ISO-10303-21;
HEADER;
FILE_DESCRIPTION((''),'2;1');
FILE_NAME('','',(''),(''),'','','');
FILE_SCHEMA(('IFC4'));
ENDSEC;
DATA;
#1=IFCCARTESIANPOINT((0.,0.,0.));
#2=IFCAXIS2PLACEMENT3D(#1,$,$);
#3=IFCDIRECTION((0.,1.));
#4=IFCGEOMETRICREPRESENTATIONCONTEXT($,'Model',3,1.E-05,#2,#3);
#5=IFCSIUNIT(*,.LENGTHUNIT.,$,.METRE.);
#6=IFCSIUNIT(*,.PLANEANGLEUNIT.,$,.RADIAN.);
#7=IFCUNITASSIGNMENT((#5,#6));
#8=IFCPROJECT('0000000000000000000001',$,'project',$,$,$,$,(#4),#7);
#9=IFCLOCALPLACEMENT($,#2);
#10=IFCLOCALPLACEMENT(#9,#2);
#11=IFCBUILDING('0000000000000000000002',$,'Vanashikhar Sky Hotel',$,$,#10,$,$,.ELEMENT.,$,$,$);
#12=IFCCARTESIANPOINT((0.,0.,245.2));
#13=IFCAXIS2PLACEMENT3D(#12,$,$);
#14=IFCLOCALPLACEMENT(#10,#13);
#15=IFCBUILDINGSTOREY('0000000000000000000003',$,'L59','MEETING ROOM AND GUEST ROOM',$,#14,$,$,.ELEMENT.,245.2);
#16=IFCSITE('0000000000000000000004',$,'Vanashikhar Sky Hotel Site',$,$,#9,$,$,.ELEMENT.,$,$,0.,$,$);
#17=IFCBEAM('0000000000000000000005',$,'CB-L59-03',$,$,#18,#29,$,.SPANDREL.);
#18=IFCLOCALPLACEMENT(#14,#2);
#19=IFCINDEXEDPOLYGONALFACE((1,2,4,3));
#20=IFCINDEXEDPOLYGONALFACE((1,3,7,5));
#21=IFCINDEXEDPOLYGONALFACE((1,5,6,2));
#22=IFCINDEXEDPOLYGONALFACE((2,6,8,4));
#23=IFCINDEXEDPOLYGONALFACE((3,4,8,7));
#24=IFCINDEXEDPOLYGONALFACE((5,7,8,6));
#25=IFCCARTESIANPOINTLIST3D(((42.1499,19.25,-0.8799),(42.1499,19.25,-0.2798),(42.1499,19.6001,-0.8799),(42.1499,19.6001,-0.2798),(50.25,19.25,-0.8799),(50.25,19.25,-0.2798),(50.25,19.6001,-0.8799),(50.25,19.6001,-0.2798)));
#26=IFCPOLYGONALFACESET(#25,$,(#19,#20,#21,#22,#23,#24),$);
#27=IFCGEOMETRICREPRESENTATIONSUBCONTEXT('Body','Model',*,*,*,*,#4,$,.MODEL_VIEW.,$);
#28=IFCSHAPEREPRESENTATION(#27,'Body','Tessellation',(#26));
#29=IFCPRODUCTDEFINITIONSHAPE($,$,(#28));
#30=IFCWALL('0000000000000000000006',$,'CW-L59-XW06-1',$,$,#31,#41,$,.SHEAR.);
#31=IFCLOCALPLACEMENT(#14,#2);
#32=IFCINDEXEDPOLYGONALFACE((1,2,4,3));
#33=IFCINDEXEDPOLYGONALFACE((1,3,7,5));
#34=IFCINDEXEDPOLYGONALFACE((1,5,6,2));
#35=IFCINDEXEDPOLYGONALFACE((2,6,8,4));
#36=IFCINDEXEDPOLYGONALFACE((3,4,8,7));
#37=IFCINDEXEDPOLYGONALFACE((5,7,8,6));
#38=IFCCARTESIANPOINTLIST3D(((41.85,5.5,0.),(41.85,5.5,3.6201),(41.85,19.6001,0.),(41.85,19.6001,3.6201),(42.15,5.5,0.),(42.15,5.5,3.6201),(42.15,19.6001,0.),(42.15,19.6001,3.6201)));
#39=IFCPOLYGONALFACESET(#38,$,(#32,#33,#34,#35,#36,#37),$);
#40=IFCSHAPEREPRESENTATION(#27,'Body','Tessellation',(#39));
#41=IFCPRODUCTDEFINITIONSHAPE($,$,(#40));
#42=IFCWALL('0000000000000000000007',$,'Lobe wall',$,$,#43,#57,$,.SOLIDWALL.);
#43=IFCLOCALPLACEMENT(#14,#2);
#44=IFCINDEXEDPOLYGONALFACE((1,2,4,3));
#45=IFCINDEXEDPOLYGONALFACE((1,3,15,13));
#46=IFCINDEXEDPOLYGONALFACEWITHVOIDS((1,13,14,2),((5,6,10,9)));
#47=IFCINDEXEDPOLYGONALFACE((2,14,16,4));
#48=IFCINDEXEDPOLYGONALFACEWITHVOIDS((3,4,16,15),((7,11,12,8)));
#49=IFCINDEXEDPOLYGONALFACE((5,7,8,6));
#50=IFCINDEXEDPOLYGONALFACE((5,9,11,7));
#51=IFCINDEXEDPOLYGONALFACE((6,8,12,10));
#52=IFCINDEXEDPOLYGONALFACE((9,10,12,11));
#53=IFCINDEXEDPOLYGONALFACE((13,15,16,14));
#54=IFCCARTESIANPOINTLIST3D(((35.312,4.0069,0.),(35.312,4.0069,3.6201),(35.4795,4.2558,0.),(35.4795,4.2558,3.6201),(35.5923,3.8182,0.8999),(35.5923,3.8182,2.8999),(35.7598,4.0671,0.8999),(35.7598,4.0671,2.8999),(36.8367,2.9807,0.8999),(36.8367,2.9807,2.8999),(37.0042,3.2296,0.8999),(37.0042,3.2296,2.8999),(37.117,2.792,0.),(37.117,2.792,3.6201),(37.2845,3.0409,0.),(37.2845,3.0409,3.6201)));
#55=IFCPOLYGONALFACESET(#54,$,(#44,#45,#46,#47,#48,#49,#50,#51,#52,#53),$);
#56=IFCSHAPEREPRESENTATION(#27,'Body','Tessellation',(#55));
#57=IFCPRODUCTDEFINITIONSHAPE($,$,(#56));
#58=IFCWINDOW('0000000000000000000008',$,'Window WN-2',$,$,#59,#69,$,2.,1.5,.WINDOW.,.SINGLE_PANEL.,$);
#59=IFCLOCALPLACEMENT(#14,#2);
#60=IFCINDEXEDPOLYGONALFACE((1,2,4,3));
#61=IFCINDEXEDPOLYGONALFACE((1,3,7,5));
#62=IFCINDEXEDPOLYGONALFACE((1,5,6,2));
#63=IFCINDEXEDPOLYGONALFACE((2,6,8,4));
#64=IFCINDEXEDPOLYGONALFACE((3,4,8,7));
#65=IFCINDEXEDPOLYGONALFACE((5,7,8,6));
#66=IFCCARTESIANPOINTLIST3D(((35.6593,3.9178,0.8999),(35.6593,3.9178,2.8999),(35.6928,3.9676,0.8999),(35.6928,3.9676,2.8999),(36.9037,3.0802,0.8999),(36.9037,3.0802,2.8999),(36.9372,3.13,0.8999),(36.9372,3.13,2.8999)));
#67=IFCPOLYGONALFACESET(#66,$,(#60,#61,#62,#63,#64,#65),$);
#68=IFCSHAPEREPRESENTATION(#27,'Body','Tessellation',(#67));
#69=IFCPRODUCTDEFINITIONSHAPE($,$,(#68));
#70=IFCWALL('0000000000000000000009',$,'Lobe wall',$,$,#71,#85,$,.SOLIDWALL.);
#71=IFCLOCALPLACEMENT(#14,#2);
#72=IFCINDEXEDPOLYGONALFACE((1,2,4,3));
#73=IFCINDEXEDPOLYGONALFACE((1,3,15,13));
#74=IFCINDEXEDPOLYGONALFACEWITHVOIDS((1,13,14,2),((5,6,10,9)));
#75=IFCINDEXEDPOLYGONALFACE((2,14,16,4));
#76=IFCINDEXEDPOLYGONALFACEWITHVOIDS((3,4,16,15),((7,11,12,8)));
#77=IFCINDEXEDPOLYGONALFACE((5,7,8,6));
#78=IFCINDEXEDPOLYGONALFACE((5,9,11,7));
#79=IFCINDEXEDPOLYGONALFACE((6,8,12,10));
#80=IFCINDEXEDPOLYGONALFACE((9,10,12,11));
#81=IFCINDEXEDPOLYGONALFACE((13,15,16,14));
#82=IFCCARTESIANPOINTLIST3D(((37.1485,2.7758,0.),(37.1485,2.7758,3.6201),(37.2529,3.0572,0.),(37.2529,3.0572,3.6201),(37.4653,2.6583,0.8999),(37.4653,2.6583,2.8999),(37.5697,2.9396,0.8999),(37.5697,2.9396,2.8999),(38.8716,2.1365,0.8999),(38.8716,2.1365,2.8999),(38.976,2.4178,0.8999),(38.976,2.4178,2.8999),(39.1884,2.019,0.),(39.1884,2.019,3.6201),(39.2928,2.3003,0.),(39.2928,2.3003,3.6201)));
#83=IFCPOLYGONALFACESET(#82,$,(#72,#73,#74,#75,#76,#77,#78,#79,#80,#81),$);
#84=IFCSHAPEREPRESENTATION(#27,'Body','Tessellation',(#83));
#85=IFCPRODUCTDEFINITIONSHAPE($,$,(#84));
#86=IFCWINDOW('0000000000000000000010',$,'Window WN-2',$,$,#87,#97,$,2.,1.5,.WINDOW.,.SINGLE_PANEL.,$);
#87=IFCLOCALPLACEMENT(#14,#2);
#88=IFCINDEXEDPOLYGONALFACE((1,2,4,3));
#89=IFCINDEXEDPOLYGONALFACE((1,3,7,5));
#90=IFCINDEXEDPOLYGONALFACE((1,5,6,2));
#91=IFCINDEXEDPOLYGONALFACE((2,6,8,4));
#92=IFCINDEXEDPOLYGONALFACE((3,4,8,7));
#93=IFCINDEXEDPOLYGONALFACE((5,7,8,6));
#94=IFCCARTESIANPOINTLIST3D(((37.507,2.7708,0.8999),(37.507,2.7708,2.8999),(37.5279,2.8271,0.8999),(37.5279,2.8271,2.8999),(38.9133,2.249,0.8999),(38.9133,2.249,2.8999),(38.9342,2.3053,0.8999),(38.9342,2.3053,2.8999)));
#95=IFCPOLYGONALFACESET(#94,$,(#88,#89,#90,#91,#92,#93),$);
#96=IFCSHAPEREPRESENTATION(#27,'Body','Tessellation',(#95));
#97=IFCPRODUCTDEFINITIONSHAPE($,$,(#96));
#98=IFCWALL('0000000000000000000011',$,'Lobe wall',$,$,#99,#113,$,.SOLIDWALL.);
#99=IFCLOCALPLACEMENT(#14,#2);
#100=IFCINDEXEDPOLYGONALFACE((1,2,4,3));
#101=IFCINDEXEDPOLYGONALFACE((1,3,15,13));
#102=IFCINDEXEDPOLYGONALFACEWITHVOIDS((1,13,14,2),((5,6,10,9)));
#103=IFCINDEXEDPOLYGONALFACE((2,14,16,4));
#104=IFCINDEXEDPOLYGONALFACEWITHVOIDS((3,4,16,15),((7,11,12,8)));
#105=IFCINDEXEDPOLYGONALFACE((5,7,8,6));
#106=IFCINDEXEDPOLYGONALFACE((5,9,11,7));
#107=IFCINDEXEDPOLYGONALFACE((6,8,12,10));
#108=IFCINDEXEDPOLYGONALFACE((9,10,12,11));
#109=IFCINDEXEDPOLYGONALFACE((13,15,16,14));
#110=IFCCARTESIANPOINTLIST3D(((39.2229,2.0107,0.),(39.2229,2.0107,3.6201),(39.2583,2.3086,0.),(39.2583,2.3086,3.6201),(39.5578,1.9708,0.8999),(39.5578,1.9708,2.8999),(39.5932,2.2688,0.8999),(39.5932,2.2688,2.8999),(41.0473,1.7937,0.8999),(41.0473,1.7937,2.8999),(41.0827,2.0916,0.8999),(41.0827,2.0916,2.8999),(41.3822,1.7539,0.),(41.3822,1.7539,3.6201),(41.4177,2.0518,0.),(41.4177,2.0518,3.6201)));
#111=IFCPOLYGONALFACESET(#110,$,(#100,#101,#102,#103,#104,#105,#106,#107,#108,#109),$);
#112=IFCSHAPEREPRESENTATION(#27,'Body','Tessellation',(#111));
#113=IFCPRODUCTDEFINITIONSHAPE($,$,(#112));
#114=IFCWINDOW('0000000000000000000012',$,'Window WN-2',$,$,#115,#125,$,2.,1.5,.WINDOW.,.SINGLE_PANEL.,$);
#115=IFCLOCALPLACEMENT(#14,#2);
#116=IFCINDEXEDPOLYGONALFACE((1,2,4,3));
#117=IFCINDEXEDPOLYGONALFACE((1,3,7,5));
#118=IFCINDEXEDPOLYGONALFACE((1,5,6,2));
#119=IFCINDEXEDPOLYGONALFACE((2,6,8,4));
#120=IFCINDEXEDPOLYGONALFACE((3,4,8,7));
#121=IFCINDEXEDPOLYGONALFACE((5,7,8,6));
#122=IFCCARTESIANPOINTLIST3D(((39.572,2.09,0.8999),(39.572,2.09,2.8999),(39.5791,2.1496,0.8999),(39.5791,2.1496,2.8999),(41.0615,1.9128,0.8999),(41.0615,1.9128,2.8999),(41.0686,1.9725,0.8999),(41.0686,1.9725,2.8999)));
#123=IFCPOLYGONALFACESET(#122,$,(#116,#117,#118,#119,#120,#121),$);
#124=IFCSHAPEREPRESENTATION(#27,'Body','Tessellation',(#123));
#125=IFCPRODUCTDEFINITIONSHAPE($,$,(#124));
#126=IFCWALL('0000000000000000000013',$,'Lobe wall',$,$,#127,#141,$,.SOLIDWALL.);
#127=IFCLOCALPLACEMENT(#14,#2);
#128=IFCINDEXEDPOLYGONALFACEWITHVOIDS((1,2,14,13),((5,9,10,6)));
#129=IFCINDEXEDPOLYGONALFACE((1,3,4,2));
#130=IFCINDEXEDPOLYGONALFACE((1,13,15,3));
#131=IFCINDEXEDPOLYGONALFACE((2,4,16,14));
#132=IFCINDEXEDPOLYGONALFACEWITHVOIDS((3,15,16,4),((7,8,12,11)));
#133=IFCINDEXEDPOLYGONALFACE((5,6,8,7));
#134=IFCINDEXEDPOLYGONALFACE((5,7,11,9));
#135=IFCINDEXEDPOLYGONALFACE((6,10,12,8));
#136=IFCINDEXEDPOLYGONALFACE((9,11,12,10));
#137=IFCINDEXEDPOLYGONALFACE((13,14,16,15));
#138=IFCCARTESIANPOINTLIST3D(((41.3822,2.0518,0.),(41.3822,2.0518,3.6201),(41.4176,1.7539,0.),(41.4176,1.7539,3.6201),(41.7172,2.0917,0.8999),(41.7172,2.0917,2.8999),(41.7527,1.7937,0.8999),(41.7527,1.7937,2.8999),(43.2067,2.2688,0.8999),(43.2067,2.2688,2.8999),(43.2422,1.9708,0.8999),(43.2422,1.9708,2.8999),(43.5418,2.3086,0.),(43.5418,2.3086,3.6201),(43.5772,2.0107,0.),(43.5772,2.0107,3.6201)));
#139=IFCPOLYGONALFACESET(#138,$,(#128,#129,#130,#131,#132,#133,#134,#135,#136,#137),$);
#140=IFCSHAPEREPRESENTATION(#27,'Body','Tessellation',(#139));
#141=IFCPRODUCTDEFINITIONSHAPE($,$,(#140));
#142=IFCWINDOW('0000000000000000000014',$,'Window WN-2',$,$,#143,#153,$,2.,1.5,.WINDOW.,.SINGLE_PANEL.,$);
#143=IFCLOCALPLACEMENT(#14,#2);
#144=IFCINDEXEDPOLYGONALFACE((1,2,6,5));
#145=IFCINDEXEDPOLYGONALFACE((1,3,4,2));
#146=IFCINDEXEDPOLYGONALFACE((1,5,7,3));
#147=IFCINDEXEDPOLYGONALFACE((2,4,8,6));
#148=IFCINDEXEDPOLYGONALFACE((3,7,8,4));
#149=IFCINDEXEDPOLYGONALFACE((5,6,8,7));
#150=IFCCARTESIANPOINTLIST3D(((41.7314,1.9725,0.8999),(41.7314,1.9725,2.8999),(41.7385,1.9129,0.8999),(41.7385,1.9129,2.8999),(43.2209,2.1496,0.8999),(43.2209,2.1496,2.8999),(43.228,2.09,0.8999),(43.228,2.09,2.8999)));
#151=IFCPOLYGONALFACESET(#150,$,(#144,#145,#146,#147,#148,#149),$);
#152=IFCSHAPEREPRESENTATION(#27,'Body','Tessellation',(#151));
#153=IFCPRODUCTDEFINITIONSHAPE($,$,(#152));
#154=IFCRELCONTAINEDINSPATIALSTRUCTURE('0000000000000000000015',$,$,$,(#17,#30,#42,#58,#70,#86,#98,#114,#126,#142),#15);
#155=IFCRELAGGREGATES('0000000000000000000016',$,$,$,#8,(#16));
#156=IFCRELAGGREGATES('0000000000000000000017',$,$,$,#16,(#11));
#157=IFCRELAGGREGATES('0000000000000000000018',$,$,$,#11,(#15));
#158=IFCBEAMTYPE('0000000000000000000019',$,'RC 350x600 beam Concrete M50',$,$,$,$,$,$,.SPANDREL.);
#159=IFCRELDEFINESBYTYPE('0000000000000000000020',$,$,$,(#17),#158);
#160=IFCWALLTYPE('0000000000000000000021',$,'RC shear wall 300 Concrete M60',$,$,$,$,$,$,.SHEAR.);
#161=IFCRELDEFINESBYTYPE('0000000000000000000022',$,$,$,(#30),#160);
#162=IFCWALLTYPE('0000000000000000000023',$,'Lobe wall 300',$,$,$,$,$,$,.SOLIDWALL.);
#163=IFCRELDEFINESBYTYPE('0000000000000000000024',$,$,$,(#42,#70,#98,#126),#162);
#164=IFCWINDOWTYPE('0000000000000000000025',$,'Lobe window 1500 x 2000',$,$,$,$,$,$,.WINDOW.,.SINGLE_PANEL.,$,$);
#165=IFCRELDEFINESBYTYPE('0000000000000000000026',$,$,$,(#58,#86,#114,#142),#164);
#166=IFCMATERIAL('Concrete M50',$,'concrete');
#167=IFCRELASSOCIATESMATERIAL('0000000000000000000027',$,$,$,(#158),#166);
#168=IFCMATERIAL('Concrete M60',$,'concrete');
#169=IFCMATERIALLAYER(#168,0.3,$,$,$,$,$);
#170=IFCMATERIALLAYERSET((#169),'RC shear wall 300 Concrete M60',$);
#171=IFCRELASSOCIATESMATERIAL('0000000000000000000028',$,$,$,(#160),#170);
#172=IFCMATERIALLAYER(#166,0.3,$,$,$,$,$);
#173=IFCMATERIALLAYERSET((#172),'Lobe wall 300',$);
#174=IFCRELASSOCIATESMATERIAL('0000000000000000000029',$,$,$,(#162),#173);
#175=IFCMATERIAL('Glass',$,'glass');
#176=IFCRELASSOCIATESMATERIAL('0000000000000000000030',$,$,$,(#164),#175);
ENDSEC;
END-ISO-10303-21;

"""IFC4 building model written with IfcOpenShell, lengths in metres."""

from ifc_helpers import new_model, si_unit, direction, frame, frame_2d, origin, origin_2d, place, context, subcontext, project, spatial, rectangle, extrude, source, transform, mapped, material, layer, layer_set, material_profile, profile_set, type_object, element, fill, save


model = new_model("IFC4")

# Units and contexts
model_context = context("Model", 3, precision=1e-05, world=origin(), true_north=direction((0.0, 1.0)))
body_context = subcontext(model_context, "Body", "Model", "MODEL_VIEW")
ifc_project = project(units=[si_unit("LENGTHUNIT", "METRE"), si_unit("PLANEANGLEUNIT", "RADIAN")], contexts=[model_context])

# Site, building, storey
site_placement = place(None, origin())
site = spatial("IfcSite", under=ifc_project, at=site_placement, Name="Vanashikhar Sky Hotel Site", CompositionType="ELEMENT", RefElevation=0.0)
building_placement = place(site_placement, origin())
building = spatial("IfcBuilding", under=site, at=building_placement, Name="Vanashikhar Sky Hotel", CompositionType="ELEMENT")
storey_placement = place(building_placement, frame((0.0, 0.0, 245.2)))
storey = spatial("IfcBuildingStorey", under=building, at=storey_placement, Name="L59", Description="MEETING ROOM AND GUEST ROOM", CompositionType="ELEMENT", Elevation=245.2)

# Beam
ifc_material_1 = material(Name="Concrete M50", Category="concrete")
ifc_material_profile_1 = material_profile(ifc_material_1, rectangle(XDim=0.3501, YDim=0.6001, at=origin_2d()))
ifc_profile_set_1 = profile_set([ifc_material_profile_1], Name="RC 350x600 beam Concrete M50")
beam_type = type_object("IfcBeamType", Name="RC 350x600 beam Concrete M50", PredefinedType="SPANDREL", material=ifc_profile_set_1)
shared_shape_1 = source(origin(), body_context, "Body", "SweptSolid", [
    extrude(rectangle(XDim=0.3501, YDim=0.6001, at=origin_2d()), origin(), (0.0, 0.0, 1.0), 8.1001),
])
beam_placement = place(storey_placement, frame((42.1499, 19.425, -0.5798), z_axis=(1.0, 0.0, 0.0), x_axis=(0.0, 1.0, 0.0)))
element("IfcBeam", 1, at=beam_placement, inside=storey, type_object=beam_type, Name="CB-L59-03", PredefinedType="SPANDREL", context=body_context, shape_type="MappedRepresentation", body=[
    mapped(shared_shape_1, transform((0.0, 0.0, 0.0), scale=1.0)),
])

# Wall
ifc_material_2 = material(Name="Concrete M60", Category="concrete")
ifc_layer_1 = layer(ifc_material_2, 0.3)
ifc_layer_set_1 = layer_set([ifc_layer_1], Name="RC shear wall 300 Concrete M60")
wall_type_1 = type_object("IfcWallType", Name="RC shear wall 300 Concrete M60", PredefinedType="SHEAR", material=ifc_layer_set_1)
shared_shape_2 = source(origin(), body_context, "Body", "SweptSolid", [
    extrude(rectangle(XDim=14.1001, YDim=0.3, at=frame_2d((7.05, 0.0))), origin(), (0.0, 0.0, 1.0), 3.6201),
])
wall_1_placement = place(storey_placement, frame((42.0, 5.5, 0.0), z_axis=(0.0, 0.0, 1.0), x_axis=(0.0, 1.0, 0.0)))
element("IfcWall", 2, at=wall_1_placement, inside=storey, type_object=wall_type_1, Name="CW-L59-XW06-1", PredefinedType="SHEAR", context=body_context, shape_type="MappedRepresentation", body=[
    mapped(shared_shape_2, transform((0.0, 0.0, 0.0), scale=1.0)),
])

# Walls, openings, windows
ifc_layer_2 = layer(ifc_material_1, 0.3)
ifc_layer_set_2 = layer_set([ifc_layer_2], Name="Lobe wall 300")
wall_type_2 = type_object("IfcWallType", Name="Lobe wall 300", PredefinedType="SOLIDWALL", material=ifc_layer_set_2)
shared_shape_3 = source(origin(), body_context, "Body", "SweptSolid", [
    extrude(rectangle(XDim=2.1758, YDim=0.3, at=frame_2d((1.0879, 0.0))), origin(), (0.0, 0.0, 1.0), 3.6201),
])
wall_2_placement = place(storey_placement, frame((35.3958, 4.1313, 0.0), z_axis=(0.0, 0.0, 1.0), x_axis=(0.829591, -0.558372, 0.0)))
wall_2 = element("IfcWall", 3, at=wall_2_placement, inside=storey, type_object=wall_type_2, Name="Lobe wall", PredefinedType="SOLIDWALL", context=body_context, shape_type="MappedRepresentation", body=[
    mapped(shared_shape_3, transform((0.0, 0.0, 0.0), scale=1.0)),
])
shared_shape_4 = source(origin(), body_context, "Body", "SweptSolid", [
    extrude(rectangle(XDim=1.5, YDim=2.0, at=frame_2d((0.75, 1.0))), frame((0.0, 0.1602, 0.0), z_axis=(0.0, -1.0, 0.0), x_axis=(1.0, 0.0, 0.0)), (0.0, 0.0, 1.0), 0.3201),
])
opening_1_placement = place(wall_2_placement, frame((0.3379, 0.0, 0.8999)))
opening_1 = element("IfcOpeningElement", 4, at=opening_1_placement, cuts=wall_2, PredefinedType="OPENING", context=body_context, shape_type="MappedRepresentation", body=[
    mapped(shared_shape_4, transform((0.0, 0.0, 0.0), scale=1.0)),
])
ifc_material_3 = material(Name="Glass", Category="glass")
window_type = type_object("IfcWindowType", Name="Lobe window 1500 x 2000", PartitioningType="SINGLE_PANEL", PredefinedType="WINDOW", material=ifc_material_3)
shared_shape_5 = source(origin(), body_context, "Body", "SweptSolid", [
    extrude(rectangle(XDim=1.5, YDim=2.0, at=frame_2d((0.75, 1.0))), frame((0.0, 0.03, 0.0), z_axis=(0.0, -1.0, 0.0), x_axis=(1.0, 0.0, 0.0)), (0.0, 0.0, 1.0), 0.0601),
])
window_1_placement = place(opening_1_placement, origin())
window_1 = element("IfcWindow", 5, at=window_1_placement, inside=storey, type_object=window_type, Name="Window WN-2", OverallHeight=2.0, OverallWidth=1.5, PartitioningType="SINGLE_PANEL", PredefinedType="WINDOW", context=body_context, shape_type="MappedRepresentation", body=[
    mapped(shared_shape_5, transform((0.0, 0.0, 0.0), scale=1.0)),
])
fill(opening_1, window_1)
wall_3_placement = place(storey_placement, frame((37.2007, 2.9165, 0.0), z_axis=(0.0, 0.0, 1.0), x_axis=(0.937546, -0.347863, 0.0)))
wall_3 = element("IfcWall", 6, at=wall_3_placement, inside=storey, type_object=wall_type_2, Name="Lobe wall", PredefinedType="SOLIDWALL", context=body_context, shape_type="MappedRepresentation", body=[
    mapped(shared_shape_3, transform((0.0, 0.0, 0.0), scale=1.0)),
])
opening_2_placement = place(wall_3_placement, frame((0.3379, 0.0, 0.8999)))
opening_2 = element("IfcOpeningElement", 7, at=opening_2_placement, cuts=wall_3, PredefinedType="OPENING", context=body_context, shape_type="MappedRepresentation", body=[
    mapped(shared_shape_4, transform((0.0, 0.0, 0.0), scale=1.0)),
])
window_2_placement = place(opening_2_placement, origin())
window_2 = element("IfcWindow", 8, at=window_2_placement, inside=storey, type_object=window_type, Name="Window WN-2", OverallHeight=2.0, OverallWidth=1.5, PartitioningType="SINGLE_PANEL", PredefinedType="WINDOW", context=body_context, shape_type="MappedRepresentation", body=[
    mapped(shared_shape_5, transform((0.0, 0.0, 0.0), scale=1.0)),
])
fill(opening_2, window_2)
shared_shape_6 = source(origin(), body_context, "Body", "SweptSolid", [
    extrude(rectangle(XDim=2.1746, YDim=0.3, at=frame_2d((1.0874, 0.0))), origin(), (0.0, 0.0, 1.0), 3.6201),
])
wall_4_placement = place(storey_placement, frame((39.2405, 2.1597, 0.0), z_axis=(0.0, 0.0, 1.0), x_axis=(0.993001, -0.118105, 0.0)))
wall_4 = element("IfcWall", 9, at=wall_4_placement, inside=storey, type_object=wall_type_2, Name="Lobe wall", PredefinedType="SOLIDWALL", context=body_context, shape_type="MappedRepresentation", body=[
    mapped(shared_shape_6, transform((0.0, 0.0, 0.0), scale=1.0)),
])
opening_3_placement = place(wall_4_placement, frame((0.3374, 0.0, 0.8999)))
opening_3 = element("IfcOpeningElement", 10, at=opening_3_placement, cuts=wall_4, PredefinedType="OPENING", context=body_context, shape_type="MappedRepresentation", body=[
    mapped(shared_shape_4, transform((0.0, 0.0, 0.0), scale=1.0)),
])
window_3_placement = place(opening_3_placement, origin())
window_3 = element("IfcWindow", 11, at=window_3_placement, inside=storey, type_object=window_type, Name="Window WN-2", OverallHeight=2.0, OverallWidth=1.5, PartitioningType="SINGLE_PANEL", PredefinedType="WINDOW", context=body_context, shape_type="MappedRepresentation", body=[
    mapped(shared_shape_5, transform((0.0, 0.0, 0.0), scale=1.0)),
])
fill(opening_3, window_3)
shared_shape_7 = source(origin(), body_context, "Body", "SweptSolid", [
    extrude(rectangle(XDim=2.1748, YDim=0.3, at=frame_2d((1.0874, 0.0))), origin(), (0.0, 0.0, 1.0), 3.6201),
])
wall_5_placement = place(storey_placement, frame((41.3999, 1.9028, 0.0), z_axis=(0.0, 0.0, 1.0), x_axis=(0.993003, 0.118092, 0.0)))
wall_5 = element("IfcWall", 12, at=wall_5_placement, inside=storey, type_object=wall_type_2, Name="Lobe wall", PredefinedType="SOLIDWALL", context=body_context, shape_type="MappedRepresentation", body=[
    mapped(shared_shape_7, transform((0.0, 0.0, 0.0), scale=1.0)),
])
opening_4_placement = place(wall_5_placement, frame((0.3374, 0.0, 0.8999)))
opening_4 = element("IfcOpeningElement", 13, at=opening_4_placement, cuts=wall_5, PredefinedType="OPENING", context=body_context, shape_type="MappedRepresentation", body=[
    mapped(shared_shape_4, transform((0.0, 0.0, 0.0), scale=1.0)),
])
window_4_placement = place(opening_4_placement, origin())
window_4 = element("IfcWindow", 14, at=window_4_placement, inside=storey, type_object=window_type, Name="Window WN-2", OverallHeight=2.0, OverallWidth=1.5, PartitioningType="SINGLE_PANEL", PredefinedType="WINDOW", context=body_context, shape_type="MappedRepresentation", body=[
    mapped(shared_shape_5, transform((0.0, 0.0, 0.0), scale=1.0)),
])
fill(opening_4, window_4)

save(model, "model.ifc")
